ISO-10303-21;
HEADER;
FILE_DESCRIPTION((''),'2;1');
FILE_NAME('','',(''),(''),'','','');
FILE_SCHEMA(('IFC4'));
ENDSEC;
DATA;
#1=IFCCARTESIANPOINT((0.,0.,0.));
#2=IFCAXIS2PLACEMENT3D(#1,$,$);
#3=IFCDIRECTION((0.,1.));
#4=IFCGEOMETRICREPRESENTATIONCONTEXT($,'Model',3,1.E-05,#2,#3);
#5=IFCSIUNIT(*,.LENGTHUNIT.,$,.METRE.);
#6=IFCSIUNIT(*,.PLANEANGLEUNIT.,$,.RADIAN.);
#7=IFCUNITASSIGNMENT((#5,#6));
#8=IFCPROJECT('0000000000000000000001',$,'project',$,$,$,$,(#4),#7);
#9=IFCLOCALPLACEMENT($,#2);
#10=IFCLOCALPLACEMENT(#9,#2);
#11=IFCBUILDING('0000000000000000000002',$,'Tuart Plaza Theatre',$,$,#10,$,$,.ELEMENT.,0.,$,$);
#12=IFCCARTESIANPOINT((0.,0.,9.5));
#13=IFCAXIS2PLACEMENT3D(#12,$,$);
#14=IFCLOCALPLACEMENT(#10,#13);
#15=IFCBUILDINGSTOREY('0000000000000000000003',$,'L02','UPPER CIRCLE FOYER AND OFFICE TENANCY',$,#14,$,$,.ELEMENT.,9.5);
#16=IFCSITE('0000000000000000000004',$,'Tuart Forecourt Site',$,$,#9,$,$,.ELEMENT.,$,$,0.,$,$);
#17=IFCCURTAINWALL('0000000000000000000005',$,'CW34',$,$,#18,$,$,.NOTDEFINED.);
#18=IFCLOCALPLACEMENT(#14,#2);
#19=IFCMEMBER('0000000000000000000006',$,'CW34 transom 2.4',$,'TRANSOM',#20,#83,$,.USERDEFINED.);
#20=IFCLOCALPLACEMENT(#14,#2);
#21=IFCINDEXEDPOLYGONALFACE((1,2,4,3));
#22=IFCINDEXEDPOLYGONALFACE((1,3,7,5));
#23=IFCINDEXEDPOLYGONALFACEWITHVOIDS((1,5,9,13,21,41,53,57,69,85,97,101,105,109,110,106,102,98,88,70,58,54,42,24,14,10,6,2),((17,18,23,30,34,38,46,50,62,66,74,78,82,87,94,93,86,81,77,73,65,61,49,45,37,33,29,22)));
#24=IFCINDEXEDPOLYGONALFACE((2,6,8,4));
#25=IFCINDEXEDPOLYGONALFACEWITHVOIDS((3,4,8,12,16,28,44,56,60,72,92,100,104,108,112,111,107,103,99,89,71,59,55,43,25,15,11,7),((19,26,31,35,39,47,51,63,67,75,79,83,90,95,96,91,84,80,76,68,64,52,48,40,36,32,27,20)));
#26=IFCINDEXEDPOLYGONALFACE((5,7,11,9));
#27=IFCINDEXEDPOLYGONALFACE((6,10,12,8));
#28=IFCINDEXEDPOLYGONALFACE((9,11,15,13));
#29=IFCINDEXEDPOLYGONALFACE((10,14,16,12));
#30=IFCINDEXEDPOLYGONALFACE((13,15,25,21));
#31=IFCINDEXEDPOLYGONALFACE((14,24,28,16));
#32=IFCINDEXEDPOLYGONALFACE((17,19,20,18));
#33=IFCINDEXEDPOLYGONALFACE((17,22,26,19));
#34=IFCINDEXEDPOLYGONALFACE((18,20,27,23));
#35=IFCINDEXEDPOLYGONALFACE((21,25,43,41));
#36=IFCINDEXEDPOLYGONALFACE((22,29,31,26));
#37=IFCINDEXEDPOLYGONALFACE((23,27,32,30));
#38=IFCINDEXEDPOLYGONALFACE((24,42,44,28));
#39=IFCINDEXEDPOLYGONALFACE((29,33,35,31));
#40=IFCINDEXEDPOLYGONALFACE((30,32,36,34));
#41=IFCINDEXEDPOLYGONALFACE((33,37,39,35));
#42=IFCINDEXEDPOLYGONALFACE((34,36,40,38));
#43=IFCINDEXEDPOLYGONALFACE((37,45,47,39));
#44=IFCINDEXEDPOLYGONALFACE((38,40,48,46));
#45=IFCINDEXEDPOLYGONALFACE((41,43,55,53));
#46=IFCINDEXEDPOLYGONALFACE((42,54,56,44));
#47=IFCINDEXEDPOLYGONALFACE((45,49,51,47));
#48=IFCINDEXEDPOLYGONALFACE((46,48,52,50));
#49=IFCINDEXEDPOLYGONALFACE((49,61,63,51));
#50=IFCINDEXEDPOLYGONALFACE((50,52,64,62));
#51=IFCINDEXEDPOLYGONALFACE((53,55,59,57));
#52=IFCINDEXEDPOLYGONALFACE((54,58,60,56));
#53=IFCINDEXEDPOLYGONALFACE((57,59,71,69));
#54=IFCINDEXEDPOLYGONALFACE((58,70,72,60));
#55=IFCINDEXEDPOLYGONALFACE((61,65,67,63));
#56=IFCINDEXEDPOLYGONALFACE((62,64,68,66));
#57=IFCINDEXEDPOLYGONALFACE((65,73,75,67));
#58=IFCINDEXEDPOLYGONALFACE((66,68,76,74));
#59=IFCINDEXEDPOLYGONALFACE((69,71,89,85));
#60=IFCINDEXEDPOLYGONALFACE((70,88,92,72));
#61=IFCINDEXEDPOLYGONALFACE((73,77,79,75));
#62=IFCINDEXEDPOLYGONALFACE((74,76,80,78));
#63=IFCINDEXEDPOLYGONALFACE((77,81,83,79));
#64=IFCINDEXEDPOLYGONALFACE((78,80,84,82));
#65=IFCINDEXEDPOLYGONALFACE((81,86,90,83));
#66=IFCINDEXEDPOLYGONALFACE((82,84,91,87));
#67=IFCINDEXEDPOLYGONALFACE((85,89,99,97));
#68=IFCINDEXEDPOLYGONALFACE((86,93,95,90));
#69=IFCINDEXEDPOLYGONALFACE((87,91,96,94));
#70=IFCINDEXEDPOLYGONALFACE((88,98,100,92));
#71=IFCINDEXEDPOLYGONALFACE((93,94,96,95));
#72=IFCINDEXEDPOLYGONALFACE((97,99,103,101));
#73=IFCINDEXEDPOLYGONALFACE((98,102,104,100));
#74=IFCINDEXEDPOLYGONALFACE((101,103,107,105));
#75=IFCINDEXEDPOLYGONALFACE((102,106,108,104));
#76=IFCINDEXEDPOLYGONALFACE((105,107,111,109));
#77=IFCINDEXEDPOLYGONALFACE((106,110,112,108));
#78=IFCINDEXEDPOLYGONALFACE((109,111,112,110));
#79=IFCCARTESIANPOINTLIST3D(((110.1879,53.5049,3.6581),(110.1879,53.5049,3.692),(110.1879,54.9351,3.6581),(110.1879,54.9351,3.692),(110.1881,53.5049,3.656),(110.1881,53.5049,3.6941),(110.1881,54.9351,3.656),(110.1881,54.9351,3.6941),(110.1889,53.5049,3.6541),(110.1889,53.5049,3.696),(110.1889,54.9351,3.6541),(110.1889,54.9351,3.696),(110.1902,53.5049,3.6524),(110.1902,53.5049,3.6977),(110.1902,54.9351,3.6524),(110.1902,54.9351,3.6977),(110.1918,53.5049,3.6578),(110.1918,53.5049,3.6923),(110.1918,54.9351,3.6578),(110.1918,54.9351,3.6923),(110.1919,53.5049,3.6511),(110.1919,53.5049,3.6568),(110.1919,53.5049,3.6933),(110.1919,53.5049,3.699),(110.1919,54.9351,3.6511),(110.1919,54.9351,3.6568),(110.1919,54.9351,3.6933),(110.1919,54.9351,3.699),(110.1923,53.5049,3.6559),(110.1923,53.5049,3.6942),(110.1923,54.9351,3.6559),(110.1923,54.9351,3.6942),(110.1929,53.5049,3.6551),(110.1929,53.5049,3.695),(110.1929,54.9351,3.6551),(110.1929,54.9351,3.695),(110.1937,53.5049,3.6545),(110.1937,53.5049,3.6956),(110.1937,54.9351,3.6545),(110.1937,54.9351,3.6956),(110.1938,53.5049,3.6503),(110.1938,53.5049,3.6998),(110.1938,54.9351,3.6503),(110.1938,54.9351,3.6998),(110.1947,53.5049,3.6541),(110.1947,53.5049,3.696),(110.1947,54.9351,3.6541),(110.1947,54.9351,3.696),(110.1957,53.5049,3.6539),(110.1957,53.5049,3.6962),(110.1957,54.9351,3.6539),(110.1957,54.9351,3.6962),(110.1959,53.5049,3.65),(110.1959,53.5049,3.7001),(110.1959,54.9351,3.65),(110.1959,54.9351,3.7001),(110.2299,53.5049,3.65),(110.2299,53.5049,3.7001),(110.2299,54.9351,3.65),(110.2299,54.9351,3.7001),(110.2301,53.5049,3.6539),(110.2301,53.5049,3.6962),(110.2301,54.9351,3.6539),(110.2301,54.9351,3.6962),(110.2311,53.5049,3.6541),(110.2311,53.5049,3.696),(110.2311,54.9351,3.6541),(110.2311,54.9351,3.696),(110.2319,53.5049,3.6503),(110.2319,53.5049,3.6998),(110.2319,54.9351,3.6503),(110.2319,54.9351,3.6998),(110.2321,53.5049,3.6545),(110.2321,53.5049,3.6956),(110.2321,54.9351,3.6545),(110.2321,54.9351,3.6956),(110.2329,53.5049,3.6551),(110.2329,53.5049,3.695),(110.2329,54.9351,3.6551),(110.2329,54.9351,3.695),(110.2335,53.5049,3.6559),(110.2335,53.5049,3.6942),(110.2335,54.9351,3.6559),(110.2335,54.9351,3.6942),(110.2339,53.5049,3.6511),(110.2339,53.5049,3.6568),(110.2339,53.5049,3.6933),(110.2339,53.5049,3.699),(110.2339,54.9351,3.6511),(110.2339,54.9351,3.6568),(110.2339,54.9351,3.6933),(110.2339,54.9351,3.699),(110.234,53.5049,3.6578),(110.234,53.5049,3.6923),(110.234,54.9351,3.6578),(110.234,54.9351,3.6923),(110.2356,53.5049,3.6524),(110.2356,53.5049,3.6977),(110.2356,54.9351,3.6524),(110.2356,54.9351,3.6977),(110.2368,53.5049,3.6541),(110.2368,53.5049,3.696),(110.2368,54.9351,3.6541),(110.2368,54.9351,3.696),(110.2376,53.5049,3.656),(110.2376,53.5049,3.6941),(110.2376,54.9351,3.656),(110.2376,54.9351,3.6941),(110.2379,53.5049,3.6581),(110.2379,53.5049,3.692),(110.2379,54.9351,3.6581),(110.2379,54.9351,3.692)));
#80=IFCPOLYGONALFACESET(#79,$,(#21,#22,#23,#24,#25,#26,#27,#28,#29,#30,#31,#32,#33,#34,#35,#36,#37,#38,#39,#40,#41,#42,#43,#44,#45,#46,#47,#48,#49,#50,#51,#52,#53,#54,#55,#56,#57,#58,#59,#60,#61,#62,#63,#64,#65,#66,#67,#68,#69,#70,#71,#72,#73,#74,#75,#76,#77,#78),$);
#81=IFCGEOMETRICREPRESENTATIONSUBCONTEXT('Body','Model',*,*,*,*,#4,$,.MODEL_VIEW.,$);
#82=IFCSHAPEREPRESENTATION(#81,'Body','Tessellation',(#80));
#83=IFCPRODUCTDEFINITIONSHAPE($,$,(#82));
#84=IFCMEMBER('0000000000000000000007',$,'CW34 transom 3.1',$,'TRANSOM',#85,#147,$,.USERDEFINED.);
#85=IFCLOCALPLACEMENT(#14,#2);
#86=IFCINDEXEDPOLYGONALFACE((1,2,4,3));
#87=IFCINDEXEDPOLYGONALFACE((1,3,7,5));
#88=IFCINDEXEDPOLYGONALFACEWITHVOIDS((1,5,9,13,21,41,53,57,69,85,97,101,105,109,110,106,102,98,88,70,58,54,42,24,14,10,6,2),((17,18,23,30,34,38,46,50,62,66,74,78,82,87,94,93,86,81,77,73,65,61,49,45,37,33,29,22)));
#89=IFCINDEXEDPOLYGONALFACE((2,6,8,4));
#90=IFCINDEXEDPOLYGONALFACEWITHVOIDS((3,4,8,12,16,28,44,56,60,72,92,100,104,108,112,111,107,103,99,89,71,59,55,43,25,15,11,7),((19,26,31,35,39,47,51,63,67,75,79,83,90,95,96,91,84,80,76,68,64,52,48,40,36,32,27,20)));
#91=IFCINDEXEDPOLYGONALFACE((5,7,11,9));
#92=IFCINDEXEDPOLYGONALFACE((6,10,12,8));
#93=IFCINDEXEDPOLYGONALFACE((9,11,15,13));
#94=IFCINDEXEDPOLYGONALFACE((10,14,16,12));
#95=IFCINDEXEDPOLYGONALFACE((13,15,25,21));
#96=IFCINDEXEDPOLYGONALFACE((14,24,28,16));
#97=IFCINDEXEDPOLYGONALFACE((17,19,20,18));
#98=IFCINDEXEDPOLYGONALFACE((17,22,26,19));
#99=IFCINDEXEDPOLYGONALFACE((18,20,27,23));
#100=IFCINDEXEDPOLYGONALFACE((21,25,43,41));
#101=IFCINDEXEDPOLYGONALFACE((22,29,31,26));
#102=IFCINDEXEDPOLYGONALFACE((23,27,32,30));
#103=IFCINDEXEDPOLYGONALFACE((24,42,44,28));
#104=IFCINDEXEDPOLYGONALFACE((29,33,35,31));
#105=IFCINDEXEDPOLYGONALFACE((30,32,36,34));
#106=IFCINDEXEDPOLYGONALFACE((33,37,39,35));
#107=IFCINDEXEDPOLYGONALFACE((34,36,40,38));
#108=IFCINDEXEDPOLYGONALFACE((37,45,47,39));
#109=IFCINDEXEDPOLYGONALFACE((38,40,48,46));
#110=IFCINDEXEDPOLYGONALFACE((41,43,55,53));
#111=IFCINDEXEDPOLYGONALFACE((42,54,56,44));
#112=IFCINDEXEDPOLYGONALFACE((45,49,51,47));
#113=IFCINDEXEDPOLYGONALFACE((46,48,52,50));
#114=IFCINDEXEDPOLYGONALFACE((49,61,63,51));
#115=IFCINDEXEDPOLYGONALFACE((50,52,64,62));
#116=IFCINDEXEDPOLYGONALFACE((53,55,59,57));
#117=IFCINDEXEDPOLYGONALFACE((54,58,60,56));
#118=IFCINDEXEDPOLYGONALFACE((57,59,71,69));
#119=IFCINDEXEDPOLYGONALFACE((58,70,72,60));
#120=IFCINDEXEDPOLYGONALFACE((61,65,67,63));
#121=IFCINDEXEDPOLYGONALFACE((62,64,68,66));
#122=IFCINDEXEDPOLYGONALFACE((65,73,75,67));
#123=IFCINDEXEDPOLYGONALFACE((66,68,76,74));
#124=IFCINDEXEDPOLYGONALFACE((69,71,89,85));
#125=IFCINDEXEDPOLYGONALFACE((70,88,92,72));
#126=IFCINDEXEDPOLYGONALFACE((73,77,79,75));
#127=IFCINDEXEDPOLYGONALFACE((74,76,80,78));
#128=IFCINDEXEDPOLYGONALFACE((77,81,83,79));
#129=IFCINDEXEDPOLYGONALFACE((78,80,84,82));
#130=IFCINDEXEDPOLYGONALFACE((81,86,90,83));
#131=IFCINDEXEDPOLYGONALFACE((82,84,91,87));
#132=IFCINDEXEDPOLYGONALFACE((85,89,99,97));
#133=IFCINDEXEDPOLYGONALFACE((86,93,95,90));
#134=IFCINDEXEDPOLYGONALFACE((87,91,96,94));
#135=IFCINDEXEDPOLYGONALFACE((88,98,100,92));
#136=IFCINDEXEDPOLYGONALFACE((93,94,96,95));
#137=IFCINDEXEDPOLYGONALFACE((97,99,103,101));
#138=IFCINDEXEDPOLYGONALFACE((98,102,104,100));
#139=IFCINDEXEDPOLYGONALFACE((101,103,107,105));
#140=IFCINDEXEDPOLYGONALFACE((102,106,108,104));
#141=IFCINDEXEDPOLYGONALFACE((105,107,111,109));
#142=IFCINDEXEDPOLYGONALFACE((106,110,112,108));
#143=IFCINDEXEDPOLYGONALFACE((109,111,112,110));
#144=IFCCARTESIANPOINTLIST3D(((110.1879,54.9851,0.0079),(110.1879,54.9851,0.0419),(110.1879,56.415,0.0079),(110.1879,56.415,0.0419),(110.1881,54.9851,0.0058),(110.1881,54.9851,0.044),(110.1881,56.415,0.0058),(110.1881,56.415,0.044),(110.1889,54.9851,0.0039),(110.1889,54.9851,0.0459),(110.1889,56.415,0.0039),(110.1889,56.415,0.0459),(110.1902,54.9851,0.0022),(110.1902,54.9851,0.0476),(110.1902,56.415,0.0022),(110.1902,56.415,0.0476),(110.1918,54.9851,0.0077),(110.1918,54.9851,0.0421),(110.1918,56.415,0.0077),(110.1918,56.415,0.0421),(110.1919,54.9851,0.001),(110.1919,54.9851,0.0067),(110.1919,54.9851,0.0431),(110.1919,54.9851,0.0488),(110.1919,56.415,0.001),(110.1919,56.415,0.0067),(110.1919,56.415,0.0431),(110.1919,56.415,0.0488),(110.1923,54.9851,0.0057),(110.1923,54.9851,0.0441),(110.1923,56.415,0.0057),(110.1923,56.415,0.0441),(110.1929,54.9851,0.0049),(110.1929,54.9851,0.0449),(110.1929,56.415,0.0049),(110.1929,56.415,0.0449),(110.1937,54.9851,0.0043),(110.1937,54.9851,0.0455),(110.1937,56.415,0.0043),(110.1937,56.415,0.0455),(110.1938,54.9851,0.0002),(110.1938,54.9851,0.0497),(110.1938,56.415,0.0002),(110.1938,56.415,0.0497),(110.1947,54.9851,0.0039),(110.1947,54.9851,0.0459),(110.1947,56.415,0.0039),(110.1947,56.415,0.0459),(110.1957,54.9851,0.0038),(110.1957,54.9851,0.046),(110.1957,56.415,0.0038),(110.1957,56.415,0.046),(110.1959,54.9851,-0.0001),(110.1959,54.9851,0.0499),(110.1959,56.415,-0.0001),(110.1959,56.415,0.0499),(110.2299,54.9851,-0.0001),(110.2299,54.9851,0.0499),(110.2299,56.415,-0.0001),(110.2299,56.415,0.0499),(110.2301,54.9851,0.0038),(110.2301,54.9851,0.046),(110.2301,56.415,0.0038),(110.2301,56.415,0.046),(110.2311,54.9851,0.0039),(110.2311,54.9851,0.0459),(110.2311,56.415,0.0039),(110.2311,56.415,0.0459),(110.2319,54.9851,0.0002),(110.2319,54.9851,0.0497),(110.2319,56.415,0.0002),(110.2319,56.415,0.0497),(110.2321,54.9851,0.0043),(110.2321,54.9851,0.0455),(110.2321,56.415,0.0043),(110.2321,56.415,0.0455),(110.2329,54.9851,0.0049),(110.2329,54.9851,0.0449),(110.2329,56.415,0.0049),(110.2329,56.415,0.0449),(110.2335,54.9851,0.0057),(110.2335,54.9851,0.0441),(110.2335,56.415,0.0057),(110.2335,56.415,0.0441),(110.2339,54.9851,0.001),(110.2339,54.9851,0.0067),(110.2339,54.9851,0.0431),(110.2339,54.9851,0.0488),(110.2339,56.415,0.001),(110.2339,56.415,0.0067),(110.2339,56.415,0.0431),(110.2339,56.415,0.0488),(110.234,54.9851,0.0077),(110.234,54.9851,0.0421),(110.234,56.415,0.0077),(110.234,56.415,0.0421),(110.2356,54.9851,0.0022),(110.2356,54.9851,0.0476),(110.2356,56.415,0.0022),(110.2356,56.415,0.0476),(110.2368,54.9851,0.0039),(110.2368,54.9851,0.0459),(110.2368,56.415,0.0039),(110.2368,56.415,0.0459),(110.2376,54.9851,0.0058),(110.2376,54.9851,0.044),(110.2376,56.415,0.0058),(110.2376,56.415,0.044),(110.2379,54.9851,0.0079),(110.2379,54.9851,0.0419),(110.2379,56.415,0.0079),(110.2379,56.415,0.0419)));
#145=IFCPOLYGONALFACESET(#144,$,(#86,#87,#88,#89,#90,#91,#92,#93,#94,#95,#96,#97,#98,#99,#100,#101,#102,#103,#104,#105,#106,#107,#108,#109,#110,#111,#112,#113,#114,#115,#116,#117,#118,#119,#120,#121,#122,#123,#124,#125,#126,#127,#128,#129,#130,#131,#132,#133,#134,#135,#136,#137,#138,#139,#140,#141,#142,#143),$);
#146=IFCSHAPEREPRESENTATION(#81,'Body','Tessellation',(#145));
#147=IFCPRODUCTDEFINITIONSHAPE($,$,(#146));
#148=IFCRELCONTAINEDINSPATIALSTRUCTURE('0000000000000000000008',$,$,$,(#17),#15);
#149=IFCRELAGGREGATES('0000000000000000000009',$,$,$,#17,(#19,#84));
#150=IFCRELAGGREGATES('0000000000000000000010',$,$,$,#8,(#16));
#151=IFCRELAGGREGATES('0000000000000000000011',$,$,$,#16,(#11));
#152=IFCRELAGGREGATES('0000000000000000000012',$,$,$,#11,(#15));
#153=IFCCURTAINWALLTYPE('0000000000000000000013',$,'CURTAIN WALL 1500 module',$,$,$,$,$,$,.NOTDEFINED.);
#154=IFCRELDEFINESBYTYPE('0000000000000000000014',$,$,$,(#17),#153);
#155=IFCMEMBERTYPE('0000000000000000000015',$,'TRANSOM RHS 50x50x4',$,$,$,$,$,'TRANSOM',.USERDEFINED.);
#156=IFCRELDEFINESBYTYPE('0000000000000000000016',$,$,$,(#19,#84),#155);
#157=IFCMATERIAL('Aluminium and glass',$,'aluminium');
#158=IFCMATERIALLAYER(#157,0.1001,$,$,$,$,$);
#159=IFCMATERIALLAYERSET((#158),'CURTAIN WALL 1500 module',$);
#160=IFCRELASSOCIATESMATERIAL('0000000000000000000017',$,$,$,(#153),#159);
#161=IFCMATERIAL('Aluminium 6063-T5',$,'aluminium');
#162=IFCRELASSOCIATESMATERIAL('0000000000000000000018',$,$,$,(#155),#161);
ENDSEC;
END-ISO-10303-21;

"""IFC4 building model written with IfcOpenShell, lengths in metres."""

from ifc_helpers import new_model, si_unit, direction, frame, origin, origin_2d, place, context, subcontext, project, spatial, hollow_rectangle, extrude, material, layer, layer_set, material_profile, profile_set, type_object, element, aggregate, save


model = new_model("IFC4")

# Units and contexts
model_context = context("Model", 3, precision=1e-05, world=origin(), true_north=direction((0.0, 1.0)))
body_context = subcontext(model_context, "Body", "Model", "MODEL_VIEW")
ifc_project = project(units=[si_unit("LENGTHUNIT", "METRE"), si_unit("PLANEANGLEUNIT", "RADIAN")], contexts=[model_context])

# Site, building, storey
site_placement = place(None, origin())
site = spatial("IfcSite", under=ifc_project, at=site_placement, Name="Tuart Forecourt Site", CompositionType="ELEMENT", RefElevation=0.0)
building_placement = place(site_placement, origin())
building = spatial("IfcBuilding", under=site, at=building_placement, Name="Tuart Plaza Theatre", CompositionType="ELEMENT", ElevationOfRefHeight=0.0)
storey_placement = place(building_placement, frame((0.0, 0.0, 9.5)))
storey = spatial("IfcBuildingStorey", under=building, at=storey_placement, Name="L02", Description="UPPER CIRCLE FOYER AND OFFICE TENANCY", CompositionType="ELEMENT", Elevation=9.5)

# Curtain wall, members
ifc_material_1 = material(Name="Aluminium and glass", Category="aluminium")
ifc_layer_1 = layer(ifc_material_1, 0.1001)
ifc_layer_set_1 = layer_set([ifc_layer_1], Name="CURTAIN WALL 1500 module")
curtain_wall_type = type_object("IfcCurtainWallType", Name="CURTAIN WALL 1500 module", PredefinedType="NOTDEFINED", material=ifc_layer_set_1)
curtain_wall_placement = place(storey_placement, origin())
curtain_wall = element("IfcCurtainWall", 1, at=curtain_wall_placement, inside=storey, type_object=curtain_wall_type, Name="CW34", PredefinedType="NOTDEFINED")
ifc_material_2 = material(Name="Aluminium 6063-T5", Category="aluminium")
ifc_material_profile_1 = material_profile(ifc_material_2, hollow_rectangle(XDim=0.05, YDim=0.05, WallThickness=0.0039, InnerFilletRadius=0.0039, OuterFilletRadius=0.0081, at=origin_2d()), Name="RHS 50x50x4")
ifc_profile_set_1 = profile_set([ifc_material_profile_1], Name="Aluminium 6063-T5")
member_type_1 = type_object("IfcMemberType", Name="TRANSOM RHS 50x50x4", ElementType="TRANSOM", PredefinedType="USERDEFINED", material=ifc_profile_set_1)
member_1_placement = place(storey_placement, frame((110.2129, 53.5049, 3.675), z_axis=(0.0, 1.0, 0.0), x_axis=(-1.0, 0.0, 0.0)))
member_1 = element("IfcMember", 2, at=member_1_placement, type_object=member_type_1, Name="CW34 transom 2.4", ObjectType="TRANSOM", PredefinedType="USERDEFINED", context=body_context, shape_type="SweptSolid", body=[
    extrude(hollow_rectangle(XDim=0.05, YDim=0.05, WallThickness=0.0039, InnerFilletRadius=0.0039, OuterFilletRadius=0.0081, at=origin_2d()), origin(), (0.0, 0.0, 1.0), 1.4302),
])
member_2_placement = place(storey_placement, frame((110.2129, 54.9851, 0.0249), z_axis=(0.0, 1.0, 0.0), x_axis=(-1.0, 0.0, 0.0)))
member_2 = element("IfcMember", 3, at=member_2_placement, type_object=member_type_1, Name="CW34 transom 3.1", ObjectType="TRANSOM", PredefinedType="USERDEFINED", context=body_context, shape_type="SweptSolid", body=[
    extrude(hollow_rectangle(XDim=0.05, YDim=0.05, WallThickness=0.0039, InnerFilletRadius=0.0039, OuterFilletRadius=0.0081, at=origin_2d()), origin(), (0.0, 0.0, 1.0), 1.4299),
])
aggregate(curtain_wall, [member_1, member_2])

save(model, "model.ifc")
